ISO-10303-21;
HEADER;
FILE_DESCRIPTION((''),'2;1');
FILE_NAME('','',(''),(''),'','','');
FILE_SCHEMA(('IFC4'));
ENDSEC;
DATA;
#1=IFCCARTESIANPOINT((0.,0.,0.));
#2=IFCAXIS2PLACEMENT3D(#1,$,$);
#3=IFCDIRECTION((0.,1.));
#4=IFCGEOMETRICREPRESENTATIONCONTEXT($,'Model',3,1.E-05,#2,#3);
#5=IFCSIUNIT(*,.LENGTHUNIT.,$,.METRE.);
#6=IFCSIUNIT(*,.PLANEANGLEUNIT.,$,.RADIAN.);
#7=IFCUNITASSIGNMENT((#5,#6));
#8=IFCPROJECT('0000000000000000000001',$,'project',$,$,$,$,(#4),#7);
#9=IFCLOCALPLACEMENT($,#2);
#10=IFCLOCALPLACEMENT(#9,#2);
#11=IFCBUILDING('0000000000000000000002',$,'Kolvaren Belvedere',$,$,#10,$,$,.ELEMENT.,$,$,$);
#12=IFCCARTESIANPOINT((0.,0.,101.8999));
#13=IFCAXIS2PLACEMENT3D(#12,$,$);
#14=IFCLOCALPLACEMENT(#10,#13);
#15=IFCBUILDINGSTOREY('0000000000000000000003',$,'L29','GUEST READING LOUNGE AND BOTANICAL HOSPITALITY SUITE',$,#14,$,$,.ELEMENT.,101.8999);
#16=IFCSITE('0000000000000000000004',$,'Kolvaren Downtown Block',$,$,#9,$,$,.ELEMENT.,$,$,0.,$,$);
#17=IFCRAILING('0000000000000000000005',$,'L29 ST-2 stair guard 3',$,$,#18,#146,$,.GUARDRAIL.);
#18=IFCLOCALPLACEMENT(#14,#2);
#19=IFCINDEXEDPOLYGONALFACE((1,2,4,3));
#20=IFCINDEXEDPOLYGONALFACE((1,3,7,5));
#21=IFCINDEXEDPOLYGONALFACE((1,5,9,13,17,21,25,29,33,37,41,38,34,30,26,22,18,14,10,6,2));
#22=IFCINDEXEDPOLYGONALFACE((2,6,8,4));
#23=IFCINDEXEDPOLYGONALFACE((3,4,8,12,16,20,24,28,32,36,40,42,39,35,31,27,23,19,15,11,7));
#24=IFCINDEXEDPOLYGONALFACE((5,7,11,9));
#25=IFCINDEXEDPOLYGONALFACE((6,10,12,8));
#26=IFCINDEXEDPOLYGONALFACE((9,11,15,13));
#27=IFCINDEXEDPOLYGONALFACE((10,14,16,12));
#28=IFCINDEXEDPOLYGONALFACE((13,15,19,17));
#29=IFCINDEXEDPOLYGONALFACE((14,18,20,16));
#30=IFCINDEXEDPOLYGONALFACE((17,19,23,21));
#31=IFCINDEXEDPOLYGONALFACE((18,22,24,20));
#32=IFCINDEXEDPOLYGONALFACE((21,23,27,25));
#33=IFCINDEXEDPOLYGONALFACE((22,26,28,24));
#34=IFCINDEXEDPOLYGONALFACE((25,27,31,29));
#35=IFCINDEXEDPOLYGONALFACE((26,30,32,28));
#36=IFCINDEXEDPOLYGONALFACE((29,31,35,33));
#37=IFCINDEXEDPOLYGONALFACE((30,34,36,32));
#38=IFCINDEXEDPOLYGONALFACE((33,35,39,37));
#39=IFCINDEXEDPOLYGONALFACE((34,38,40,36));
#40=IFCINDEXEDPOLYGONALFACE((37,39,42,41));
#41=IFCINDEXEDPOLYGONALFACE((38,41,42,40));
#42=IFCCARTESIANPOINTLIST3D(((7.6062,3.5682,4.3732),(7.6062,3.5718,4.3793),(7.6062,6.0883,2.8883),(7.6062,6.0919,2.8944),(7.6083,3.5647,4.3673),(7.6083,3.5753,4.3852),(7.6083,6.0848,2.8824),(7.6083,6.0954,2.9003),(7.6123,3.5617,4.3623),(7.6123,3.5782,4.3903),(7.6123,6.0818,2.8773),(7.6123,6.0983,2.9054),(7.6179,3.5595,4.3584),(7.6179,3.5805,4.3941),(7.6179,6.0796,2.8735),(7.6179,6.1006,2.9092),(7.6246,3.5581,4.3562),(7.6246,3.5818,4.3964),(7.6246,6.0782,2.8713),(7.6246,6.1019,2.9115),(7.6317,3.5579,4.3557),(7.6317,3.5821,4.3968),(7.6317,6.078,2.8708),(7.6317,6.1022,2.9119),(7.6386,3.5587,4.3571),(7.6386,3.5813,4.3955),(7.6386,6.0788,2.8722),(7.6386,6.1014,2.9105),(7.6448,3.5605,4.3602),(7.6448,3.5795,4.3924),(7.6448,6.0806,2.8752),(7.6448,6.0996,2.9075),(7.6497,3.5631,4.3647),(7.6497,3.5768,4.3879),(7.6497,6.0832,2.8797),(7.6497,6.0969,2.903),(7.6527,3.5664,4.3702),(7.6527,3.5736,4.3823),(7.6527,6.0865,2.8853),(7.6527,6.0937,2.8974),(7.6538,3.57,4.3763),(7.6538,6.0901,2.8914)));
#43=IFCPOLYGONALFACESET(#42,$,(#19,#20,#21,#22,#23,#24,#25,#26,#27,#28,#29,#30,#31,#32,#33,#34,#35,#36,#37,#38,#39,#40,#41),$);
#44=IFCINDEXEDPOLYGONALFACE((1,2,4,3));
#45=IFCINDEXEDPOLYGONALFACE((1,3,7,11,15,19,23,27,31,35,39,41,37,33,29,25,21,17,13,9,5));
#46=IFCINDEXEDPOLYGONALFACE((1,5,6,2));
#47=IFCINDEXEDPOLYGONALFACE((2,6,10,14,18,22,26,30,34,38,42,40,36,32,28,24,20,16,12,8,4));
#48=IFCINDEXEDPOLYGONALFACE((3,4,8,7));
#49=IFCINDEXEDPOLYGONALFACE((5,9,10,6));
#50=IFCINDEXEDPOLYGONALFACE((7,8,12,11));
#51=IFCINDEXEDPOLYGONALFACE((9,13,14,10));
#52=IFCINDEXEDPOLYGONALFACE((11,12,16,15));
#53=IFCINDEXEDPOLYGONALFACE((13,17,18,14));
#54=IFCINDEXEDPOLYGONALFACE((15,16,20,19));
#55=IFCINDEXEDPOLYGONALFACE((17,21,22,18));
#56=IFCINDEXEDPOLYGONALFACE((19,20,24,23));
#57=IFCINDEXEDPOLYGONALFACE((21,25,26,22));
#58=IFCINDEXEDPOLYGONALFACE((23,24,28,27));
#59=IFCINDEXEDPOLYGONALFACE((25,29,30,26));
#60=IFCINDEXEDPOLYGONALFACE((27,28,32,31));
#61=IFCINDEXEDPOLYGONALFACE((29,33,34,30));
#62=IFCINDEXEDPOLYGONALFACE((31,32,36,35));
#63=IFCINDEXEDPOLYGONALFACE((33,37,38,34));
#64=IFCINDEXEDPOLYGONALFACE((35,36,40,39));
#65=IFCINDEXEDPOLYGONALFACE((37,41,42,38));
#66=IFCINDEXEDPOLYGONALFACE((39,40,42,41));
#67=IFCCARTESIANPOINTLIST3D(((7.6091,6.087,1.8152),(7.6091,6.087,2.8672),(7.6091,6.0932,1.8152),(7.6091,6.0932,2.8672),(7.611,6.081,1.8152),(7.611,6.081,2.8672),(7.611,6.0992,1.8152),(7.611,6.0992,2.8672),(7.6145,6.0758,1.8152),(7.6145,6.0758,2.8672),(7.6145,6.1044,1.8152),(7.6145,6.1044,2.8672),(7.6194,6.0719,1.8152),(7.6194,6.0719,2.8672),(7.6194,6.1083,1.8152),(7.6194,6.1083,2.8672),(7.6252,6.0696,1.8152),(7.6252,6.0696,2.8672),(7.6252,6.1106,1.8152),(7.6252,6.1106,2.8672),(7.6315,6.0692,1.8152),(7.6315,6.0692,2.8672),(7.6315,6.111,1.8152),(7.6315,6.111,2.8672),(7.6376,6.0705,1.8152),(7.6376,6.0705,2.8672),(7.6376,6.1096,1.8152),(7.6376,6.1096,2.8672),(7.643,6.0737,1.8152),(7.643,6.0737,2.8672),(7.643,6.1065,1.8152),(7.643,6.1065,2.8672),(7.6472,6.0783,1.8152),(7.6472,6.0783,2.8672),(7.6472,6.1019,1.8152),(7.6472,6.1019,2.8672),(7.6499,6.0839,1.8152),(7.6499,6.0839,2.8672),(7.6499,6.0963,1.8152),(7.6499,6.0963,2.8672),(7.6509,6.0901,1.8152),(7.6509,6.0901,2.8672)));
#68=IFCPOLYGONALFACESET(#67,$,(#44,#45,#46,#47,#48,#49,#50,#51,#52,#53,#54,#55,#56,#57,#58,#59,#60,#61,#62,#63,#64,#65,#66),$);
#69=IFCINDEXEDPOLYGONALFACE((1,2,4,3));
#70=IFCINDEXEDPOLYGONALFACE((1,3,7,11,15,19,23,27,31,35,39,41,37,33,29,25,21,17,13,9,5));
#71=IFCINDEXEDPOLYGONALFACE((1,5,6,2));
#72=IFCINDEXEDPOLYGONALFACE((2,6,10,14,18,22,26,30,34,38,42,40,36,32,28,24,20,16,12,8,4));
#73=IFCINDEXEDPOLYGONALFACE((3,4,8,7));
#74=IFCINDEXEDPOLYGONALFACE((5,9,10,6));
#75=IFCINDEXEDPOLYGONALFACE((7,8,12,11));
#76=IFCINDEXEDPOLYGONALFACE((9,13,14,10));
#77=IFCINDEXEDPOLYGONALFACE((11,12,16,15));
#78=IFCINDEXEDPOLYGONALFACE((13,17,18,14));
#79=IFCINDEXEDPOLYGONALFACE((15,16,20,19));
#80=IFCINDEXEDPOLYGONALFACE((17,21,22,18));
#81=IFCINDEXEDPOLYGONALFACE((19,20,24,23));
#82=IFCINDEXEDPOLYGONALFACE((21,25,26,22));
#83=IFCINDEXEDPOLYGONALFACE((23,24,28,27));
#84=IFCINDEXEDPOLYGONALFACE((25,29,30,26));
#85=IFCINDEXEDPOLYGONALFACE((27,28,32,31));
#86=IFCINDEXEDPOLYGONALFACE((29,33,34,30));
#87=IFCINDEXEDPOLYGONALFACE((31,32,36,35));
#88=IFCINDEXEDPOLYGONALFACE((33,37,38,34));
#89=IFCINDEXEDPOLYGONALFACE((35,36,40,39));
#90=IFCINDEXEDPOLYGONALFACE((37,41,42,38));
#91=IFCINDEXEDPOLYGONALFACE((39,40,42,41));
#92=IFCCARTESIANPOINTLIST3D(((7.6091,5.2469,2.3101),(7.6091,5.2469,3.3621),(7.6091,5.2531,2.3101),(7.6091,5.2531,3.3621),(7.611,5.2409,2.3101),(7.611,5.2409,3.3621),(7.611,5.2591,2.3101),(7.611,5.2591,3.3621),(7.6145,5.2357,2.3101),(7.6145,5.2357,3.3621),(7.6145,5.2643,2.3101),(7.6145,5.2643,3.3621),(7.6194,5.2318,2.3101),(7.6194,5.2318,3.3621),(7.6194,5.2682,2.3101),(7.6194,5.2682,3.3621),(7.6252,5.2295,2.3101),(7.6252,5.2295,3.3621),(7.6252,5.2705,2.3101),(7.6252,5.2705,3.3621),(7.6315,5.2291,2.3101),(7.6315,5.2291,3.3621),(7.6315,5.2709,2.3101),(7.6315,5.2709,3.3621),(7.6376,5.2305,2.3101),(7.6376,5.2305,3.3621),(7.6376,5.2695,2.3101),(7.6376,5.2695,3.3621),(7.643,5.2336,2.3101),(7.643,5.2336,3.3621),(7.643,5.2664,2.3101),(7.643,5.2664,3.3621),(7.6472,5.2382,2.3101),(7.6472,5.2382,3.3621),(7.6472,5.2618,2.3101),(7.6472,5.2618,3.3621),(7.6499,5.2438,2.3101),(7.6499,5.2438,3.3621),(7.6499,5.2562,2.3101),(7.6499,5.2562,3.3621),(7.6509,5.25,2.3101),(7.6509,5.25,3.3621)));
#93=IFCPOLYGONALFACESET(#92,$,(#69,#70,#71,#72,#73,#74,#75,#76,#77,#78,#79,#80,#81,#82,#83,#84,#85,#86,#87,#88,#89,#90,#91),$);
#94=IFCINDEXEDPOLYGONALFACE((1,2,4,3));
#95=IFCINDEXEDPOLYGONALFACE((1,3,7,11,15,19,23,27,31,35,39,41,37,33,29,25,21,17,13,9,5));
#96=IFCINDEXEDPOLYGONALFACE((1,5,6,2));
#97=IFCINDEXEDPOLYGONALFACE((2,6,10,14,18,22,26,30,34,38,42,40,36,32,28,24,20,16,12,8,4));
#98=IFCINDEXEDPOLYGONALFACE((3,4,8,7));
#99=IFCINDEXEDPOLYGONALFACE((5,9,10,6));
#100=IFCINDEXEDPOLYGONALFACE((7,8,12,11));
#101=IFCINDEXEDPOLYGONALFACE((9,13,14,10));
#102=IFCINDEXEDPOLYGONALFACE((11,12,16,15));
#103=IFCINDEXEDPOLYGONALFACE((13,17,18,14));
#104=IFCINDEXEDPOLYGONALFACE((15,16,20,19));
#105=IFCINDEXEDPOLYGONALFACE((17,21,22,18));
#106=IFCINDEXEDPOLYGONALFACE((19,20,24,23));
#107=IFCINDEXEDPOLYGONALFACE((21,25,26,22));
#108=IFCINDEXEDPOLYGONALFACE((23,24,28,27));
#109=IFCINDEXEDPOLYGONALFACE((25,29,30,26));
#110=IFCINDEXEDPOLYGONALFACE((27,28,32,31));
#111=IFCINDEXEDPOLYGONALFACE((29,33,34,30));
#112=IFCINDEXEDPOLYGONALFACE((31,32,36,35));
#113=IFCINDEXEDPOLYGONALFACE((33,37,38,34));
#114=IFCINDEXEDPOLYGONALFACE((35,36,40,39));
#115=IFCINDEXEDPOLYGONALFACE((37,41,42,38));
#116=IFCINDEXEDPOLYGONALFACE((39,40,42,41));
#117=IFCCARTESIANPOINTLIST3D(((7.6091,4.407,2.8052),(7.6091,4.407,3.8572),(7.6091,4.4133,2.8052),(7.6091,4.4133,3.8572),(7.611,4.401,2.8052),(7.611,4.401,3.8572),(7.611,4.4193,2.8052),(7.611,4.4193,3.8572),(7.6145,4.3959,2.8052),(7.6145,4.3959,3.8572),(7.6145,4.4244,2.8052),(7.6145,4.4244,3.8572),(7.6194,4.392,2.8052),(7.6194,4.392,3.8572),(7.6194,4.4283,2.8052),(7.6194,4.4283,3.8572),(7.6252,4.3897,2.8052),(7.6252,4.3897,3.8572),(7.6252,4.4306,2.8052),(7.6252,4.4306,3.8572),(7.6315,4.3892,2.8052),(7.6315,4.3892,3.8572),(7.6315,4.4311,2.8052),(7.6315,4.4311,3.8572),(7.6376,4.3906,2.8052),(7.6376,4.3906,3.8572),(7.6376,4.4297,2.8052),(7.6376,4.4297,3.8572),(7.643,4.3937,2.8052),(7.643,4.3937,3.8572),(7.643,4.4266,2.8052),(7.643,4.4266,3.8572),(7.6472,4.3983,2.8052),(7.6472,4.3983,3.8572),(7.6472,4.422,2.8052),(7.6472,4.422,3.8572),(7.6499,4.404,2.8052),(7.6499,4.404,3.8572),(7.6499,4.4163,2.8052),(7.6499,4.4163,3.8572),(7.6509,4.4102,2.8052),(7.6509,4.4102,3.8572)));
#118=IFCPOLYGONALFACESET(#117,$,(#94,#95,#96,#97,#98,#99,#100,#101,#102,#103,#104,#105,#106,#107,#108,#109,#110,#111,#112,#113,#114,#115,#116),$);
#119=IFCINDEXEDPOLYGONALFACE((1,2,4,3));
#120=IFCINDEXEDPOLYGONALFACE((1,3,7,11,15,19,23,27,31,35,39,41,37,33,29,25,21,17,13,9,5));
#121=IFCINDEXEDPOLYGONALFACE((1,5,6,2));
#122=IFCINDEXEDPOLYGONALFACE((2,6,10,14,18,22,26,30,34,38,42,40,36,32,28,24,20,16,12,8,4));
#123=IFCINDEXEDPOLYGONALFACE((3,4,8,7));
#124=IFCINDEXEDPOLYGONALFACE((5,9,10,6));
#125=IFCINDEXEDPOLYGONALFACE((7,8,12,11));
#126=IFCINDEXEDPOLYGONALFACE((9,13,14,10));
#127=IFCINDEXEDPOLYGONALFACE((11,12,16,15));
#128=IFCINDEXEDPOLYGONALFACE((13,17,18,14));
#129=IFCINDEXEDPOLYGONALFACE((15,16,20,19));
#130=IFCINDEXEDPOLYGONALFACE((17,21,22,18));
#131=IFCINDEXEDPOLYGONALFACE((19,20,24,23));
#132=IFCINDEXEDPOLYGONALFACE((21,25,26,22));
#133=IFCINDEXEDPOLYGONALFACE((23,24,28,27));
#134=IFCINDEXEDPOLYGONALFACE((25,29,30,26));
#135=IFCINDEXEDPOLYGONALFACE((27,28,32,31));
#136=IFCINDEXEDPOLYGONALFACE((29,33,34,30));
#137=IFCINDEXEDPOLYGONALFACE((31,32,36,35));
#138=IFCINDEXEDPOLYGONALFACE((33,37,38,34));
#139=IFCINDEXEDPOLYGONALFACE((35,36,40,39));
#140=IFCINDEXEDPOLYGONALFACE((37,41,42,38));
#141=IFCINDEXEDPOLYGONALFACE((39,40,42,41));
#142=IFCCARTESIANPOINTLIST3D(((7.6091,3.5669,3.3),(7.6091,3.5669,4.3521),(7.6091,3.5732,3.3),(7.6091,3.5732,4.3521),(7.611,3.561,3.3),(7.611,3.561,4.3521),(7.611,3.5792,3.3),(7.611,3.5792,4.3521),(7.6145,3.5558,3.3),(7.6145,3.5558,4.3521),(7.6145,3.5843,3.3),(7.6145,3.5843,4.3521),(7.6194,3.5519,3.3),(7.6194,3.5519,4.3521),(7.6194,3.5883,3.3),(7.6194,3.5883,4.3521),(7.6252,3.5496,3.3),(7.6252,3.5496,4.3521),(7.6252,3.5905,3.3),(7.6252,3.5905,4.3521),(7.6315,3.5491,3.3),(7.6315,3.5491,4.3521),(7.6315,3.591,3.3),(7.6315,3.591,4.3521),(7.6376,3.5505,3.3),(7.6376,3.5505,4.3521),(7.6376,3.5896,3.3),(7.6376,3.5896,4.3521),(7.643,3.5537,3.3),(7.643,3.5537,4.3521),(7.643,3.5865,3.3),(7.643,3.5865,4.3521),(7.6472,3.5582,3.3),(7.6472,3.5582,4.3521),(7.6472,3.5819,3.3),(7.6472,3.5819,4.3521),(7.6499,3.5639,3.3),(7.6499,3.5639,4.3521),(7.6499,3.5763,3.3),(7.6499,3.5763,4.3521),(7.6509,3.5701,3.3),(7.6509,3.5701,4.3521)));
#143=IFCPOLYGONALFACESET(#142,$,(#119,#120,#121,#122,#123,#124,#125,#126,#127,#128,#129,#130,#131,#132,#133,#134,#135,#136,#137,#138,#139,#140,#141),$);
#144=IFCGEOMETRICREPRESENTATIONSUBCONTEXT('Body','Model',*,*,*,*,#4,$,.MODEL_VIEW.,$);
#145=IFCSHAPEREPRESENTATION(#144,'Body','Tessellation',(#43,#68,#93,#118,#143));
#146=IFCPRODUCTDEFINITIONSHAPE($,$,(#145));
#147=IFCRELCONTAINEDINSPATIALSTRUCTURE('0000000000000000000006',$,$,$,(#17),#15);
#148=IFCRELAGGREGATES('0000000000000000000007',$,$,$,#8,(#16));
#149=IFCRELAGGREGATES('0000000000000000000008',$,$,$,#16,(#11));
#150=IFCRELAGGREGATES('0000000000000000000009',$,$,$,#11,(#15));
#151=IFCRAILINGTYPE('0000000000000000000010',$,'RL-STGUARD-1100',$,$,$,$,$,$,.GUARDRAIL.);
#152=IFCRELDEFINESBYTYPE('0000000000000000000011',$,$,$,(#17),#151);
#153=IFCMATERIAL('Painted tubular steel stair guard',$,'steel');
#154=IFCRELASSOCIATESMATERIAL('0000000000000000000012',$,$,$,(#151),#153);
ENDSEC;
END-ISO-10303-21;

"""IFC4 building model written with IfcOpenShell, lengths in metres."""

from ifc_helpers import new_model, si_unit, direction, frame, origin, origin_2d, place, context, subcontext, project, spatial, circle, extrude, material, type_object, element, save


model = new_model("IFC4")

# Units and contexts
model_context = context("Model", 3, precision=1e-05, world=origin(), true_north=direction((0.0, 1.0)))
body_context = subcontext(model_context, "Body", "Model", "MODEL_VIEW")
ifc_project = project(units=[si_unit("LENGTHUNIT", "METRE"), si_unit("PLANEANGLEUNIT", "RADIAN")], contexts=[model_context])

# Site, building, storey
site_placement = place(None, origin())
site = spatial("IfcSite", under=ifc_project, at=site_placement, Name="Kolvaren Downtown Block", CompositionType="ELEMENT", RefElevation=0.0)
building_placement = place(site_placement, origin())
building = spatial("IfcBuilding", under=site, at=building_placement, Name="Kolvaren Belvedere", CompositionType="ELEMENT")
storey_placement = place(building_placement, frame((0.0, 0.0, 101.8999)))
storey = spatial("IfcBuildingStorey", under=building, at=storey_placement, Name="L29", Description="GUEST READING LOUNGE AND BOTANICAL HOSPITALITY SUITE", CompositionType="ELEMENT", Elevation=101.8999)

# Railing
ifc_material_1 = material(Name="Painted tubular steel stair guard", Category="steel")
railing_type_1 = type_object("IfcRailingType", Name="RL-STGUARD-1100", PredefinedType="GUARDRAIL", material=ifc_material_1)
railing_1_placement = place(storey_placement, frame((7.6299, 6.0901, 1.8152)))
element("IfcRailing", 1, at=railing_1_placement, inside=storey, type_object=railing_type_1, Name="L29 ST-2 stair guard 3", PredefinedType="GUARDRAIL", context=body_context, shape_type="SweptSolid", body=[
    extrude(circle(Radius=0.0239, at=origin_2d()), frame((0.0, 0.0, 1.0762), z_axis=(0.0, -0.861561, 0.507655), x_axis=(1.0, 0.0, 0.0)), (0.0, 0.0, 1.0), 2.925),
    extrude(circle(Radius=0.021, at=origin_2d()), origin(), (0.0, 0.0, 1.0), 1.052),
    extrude(circle(Radius=0.021, at=origin_2d()), frame((0.0, -0.8401, 0.4949)), (0.0, 0.0, 1.0), 1.052),
    extrude(circle(Radius=0.021, at=origin_2d()), frame((0.0, -1.6799, 0.99)), (0.0, 0.0, 1.0), 1.052),
    extrude(circle(Radius=0.021, at=origin_2d()), frame((0.0, -2.52, 1.4849)), (0.0, 0.0, 1.0), 1.052),
])

save(model, "model.ifc")
